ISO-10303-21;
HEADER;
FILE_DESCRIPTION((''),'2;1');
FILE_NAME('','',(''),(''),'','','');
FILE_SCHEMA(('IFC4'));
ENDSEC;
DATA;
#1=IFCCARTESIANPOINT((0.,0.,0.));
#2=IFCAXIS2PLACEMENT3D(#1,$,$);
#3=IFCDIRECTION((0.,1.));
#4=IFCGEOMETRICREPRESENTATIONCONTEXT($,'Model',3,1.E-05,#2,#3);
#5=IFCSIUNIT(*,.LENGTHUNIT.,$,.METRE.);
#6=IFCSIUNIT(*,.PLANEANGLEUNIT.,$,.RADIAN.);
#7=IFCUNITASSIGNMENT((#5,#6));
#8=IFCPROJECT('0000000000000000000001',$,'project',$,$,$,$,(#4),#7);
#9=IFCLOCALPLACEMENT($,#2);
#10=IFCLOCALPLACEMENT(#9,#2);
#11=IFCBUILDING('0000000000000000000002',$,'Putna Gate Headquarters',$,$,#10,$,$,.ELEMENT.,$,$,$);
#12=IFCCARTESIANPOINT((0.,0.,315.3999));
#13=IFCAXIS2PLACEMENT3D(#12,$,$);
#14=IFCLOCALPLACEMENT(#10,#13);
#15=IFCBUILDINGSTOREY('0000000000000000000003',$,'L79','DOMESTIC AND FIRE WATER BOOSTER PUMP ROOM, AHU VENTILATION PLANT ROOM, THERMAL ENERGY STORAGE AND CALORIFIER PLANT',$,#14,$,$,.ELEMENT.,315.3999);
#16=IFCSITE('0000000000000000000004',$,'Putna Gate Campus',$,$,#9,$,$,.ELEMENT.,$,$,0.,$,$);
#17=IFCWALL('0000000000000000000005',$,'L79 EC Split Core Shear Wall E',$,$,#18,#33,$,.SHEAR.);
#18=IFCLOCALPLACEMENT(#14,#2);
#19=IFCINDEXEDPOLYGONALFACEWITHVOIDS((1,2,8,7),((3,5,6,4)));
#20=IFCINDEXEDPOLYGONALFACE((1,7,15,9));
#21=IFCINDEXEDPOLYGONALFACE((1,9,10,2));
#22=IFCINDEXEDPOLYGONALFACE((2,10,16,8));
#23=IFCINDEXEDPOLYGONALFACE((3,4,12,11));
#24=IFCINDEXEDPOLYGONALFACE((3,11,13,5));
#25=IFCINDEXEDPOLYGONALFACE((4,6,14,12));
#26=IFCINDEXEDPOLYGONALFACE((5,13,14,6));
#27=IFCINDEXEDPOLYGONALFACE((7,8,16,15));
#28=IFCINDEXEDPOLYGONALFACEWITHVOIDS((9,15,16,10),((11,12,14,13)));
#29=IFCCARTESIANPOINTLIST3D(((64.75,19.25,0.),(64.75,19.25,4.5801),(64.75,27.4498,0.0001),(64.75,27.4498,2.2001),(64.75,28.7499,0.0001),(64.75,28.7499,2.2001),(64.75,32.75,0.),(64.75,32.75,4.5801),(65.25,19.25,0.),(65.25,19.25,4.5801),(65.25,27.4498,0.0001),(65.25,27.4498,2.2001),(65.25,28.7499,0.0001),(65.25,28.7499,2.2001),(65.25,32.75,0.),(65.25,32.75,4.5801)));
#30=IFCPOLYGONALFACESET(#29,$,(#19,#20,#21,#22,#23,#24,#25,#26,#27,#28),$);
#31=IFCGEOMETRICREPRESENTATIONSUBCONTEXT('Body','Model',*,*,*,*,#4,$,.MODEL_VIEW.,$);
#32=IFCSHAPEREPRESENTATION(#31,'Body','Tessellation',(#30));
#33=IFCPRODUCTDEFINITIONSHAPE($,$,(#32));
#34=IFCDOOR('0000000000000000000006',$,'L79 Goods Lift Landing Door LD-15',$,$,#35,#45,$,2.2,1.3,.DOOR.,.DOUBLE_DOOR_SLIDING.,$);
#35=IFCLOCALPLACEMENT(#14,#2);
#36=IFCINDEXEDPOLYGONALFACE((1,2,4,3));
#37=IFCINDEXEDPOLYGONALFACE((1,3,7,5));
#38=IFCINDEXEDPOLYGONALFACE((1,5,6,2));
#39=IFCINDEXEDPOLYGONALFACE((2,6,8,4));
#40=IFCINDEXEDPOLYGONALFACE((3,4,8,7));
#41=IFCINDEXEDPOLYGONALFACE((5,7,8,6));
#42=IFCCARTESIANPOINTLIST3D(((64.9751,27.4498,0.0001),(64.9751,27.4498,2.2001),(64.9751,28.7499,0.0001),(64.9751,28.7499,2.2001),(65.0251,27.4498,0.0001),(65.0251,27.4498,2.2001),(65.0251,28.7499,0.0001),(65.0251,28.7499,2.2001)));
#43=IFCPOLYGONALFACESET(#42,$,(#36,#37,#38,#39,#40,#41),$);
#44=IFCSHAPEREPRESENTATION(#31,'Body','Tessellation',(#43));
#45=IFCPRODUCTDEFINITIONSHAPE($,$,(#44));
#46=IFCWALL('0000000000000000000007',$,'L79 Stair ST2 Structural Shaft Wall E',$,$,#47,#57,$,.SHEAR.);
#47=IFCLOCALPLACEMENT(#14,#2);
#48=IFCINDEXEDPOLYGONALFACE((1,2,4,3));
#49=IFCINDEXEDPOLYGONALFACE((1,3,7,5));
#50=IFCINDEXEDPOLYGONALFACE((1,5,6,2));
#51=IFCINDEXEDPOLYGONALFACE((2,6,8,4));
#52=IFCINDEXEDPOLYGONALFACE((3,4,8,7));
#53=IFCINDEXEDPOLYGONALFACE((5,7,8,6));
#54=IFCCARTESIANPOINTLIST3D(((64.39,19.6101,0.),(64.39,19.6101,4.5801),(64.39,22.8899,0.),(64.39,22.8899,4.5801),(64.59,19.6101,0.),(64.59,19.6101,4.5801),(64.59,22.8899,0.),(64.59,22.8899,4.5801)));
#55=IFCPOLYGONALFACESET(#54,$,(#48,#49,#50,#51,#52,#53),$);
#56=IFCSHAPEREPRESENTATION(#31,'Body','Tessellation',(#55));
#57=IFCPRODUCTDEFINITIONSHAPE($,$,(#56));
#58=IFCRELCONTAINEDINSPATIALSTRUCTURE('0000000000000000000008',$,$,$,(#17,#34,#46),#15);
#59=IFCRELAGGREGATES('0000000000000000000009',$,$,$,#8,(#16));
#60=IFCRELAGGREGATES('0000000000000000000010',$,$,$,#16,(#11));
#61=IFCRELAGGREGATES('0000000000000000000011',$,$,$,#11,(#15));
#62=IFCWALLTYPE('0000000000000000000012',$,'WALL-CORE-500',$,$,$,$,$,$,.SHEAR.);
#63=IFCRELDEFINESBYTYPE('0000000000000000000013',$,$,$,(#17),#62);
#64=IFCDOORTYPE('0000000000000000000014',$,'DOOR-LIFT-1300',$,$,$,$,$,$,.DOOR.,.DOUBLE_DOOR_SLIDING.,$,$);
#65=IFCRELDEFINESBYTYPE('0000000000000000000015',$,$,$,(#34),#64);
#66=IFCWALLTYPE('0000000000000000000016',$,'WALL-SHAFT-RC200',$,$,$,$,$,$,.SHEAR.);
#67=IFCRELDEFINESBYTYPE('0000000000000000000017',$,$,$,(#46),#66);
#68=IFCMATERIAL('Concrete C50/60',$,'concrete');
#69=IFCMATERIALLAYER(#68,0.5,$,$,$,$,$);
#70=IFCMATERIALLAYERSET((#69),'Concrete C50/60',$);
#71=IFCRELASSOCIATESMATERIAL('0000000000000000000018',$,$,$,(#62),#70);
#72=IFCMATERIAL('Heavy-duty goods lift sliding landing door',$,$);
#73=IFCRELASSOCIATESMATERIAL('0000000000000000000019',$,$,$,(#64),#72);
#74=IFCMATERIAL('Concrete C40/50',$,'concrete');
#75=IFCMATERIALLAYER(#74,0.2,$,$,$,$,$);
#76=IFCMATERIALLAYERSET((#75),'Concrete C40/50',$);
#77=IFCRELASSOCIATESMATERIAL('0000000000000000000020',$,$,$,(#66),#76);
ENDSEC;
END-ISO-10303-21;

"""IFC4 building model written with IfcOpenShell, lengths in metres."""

from ifc_helpers import new_model, si_unit, direction, frame, frame_2d, origin, place, context, subcontext, project, spatial, rectangle, extrude, material, layer, layer_set, type_object, element, fill, save


model = new_model("IFC4")

# Units and contexts
model_context = context("Model", 3, precision=1e-05, world=origin(), true_north=direction((0.0, 1.0)))
body_context = subcontext(model_context, "Body", "Model", "MODEL_VIEW")
ifc_project = project(units=[si_unit("LENGTHUNIT", "METRE"), si_unit("PLANEANGLEUNIT", "RADIAN")], contexts=[model_context])

# Site, building, storey
site_placement = place(None, origin())
site = spatial("IfcSite", under=ifc_project, at=site_placement, Name="Putna Gate Campus", CompositionType="ELEMENT", RefElevation=0.0)
building_placement = place(site_placement, origin())
building = spatial("IfcBuilding", under=site, at=building_placement, Name="Putna Gate Headquarters", CompositionType="ELEMENT")
storey_placement = place(building_placement, frame((0.0, 0.0, 315.3999)))
storey = spatial("IfcBuildingStorey", under=building, at=storey_placement, Name="L79", Description="DOMESTIC AND FIRE WATER BOOSTER PUMP ROOM, AHU VENTILATION PLANT ROOM, THERMAL ENERGY STORAGE AND CALORIFIER PLANT", CompositionType="ELEMENT", Elevation=315.3999)

# Wall, opening, door
ifc_material_1 = material(Name="Concrete C50/60", Category="concrete")
ifc_layer_1 = layer(ifc_material_1, 0.5)
ifc_layer_set_1 = layer_set([ifc_layer_1], Name="Concrete C50/60")
wall_type_1 = type_object("IfcWallType", Name="WALL-CORE-500", PredefinedType="SHEAR", material=ifc_layer_set_1)
wall_1_placement = place(storey_placement, frame((65.0, 19.25, 0.0), z_axis=(0.0, 0.0, 1.0), x_axis=(0.0, 1.0, 0.0)))
wall_1 = element("IfcWall", 1, at=wall_1_placement, inside=storey, type_object=wall_type_1, Name="L79 EC Split Core Shear Wall E", PredefinedType="SHEAR", context=body_context, shape_type="SweptSolid", body=[
    extrude(rectangle(XDim=13.5, YDim=0.5, at=frame_2d((6.75, 0.0))), origin(), (0.0, 0.0, 1.0), 4.5801),
])
opening_placement = place(wall_1_placement, frame((8.2, 0.0, 0.0)))
opening = element("IfcOpeningElement", 2, at=opening_placement, cuts=wall_1, PredefinedType="OPENING", context=body_context, shape_type="SweptSolid", body=[
    extrude(rectangle(XDim=1.3, YDim=2.2, at=frame_2d((0.6499, 1.1001))), frame((0.0, 0.26, 0.0), z_axis=(0.0, -1.0, 0.0), x_axis=(1.0, 0.0, 0.0)), (0.0, 0.0, 1.0), 0.52),
])
ifc_material_2 = material(Name="Heavy-duty goods lift sliding landing door")
door_type = type_object("IfcDoorType", Name="DOOR-LIFT-1300", OperationType="DOUBLE_DOOR_SLIDING", PredefinedType="DOOR", material=ifc_material_2)
door_placement = place(opening_placement, origin())
door = element("IfcDoor", 3, at=door_placement, inside=storey, type_object=door_type, Name="L79 Goods Lift Landing Door LD-15", OperationType="DOUBLE_DOOR_SLIDING", OverallHeight=2.2, OverallWidth=1.3, PredefinedType="DOOR", context=body_context, shape_type="SweptSolid", body=[
    extrude(rectangle(XDim=1.3, YDim=2.2, at=frame_2d((0.6499, 1.1001))), frame((0.0, 0.0249, 0.0), z_axis=(0.0, -1.0, 0.0), x_axis=(1.0, 0.0, 0.0)), (0.0, 0.0, 1.0), 0.05),
])
fill(opening, door)

# Wall
ifc_material_3 = material(Name="Concrete C40/50", Category="concrete")
ifc_layer_2 = layer(ifc_material_3, 0.2)
ifc_layer_set_2 = layer_set([ifc_layer_2], Name="Concrete C40/50")
wall_type_2 = type_object("IfcWallType", Name="WALL-SHAFT-RC200", PredefinedType="SHEAR", material=ifc_layer_set_2)
wall_2_placement = place(storey_placement, frame((64.49, 19.6101, 0.0), z_axis=(0.0, 0.0, 1.0), x_axis=(0.0, 1.0, 0.0)))
element("IfcWall", 4, at=wall_2_placement, inside=storey, type_object=wall_type_2, Name="L79 Stair ST2 Structural Shaft Wall E", PredefinedType="SHEAR", context=body_context, shape_type="SweptSolid", body=[
    extrude(rectangle(XDim=3.2798, YDim=0.2, at=frame_2d((1.6399, 0.0))), origin(), (0.0, 0.0, 1.0), 4.5801),
])

save(model, "model.ifc")
